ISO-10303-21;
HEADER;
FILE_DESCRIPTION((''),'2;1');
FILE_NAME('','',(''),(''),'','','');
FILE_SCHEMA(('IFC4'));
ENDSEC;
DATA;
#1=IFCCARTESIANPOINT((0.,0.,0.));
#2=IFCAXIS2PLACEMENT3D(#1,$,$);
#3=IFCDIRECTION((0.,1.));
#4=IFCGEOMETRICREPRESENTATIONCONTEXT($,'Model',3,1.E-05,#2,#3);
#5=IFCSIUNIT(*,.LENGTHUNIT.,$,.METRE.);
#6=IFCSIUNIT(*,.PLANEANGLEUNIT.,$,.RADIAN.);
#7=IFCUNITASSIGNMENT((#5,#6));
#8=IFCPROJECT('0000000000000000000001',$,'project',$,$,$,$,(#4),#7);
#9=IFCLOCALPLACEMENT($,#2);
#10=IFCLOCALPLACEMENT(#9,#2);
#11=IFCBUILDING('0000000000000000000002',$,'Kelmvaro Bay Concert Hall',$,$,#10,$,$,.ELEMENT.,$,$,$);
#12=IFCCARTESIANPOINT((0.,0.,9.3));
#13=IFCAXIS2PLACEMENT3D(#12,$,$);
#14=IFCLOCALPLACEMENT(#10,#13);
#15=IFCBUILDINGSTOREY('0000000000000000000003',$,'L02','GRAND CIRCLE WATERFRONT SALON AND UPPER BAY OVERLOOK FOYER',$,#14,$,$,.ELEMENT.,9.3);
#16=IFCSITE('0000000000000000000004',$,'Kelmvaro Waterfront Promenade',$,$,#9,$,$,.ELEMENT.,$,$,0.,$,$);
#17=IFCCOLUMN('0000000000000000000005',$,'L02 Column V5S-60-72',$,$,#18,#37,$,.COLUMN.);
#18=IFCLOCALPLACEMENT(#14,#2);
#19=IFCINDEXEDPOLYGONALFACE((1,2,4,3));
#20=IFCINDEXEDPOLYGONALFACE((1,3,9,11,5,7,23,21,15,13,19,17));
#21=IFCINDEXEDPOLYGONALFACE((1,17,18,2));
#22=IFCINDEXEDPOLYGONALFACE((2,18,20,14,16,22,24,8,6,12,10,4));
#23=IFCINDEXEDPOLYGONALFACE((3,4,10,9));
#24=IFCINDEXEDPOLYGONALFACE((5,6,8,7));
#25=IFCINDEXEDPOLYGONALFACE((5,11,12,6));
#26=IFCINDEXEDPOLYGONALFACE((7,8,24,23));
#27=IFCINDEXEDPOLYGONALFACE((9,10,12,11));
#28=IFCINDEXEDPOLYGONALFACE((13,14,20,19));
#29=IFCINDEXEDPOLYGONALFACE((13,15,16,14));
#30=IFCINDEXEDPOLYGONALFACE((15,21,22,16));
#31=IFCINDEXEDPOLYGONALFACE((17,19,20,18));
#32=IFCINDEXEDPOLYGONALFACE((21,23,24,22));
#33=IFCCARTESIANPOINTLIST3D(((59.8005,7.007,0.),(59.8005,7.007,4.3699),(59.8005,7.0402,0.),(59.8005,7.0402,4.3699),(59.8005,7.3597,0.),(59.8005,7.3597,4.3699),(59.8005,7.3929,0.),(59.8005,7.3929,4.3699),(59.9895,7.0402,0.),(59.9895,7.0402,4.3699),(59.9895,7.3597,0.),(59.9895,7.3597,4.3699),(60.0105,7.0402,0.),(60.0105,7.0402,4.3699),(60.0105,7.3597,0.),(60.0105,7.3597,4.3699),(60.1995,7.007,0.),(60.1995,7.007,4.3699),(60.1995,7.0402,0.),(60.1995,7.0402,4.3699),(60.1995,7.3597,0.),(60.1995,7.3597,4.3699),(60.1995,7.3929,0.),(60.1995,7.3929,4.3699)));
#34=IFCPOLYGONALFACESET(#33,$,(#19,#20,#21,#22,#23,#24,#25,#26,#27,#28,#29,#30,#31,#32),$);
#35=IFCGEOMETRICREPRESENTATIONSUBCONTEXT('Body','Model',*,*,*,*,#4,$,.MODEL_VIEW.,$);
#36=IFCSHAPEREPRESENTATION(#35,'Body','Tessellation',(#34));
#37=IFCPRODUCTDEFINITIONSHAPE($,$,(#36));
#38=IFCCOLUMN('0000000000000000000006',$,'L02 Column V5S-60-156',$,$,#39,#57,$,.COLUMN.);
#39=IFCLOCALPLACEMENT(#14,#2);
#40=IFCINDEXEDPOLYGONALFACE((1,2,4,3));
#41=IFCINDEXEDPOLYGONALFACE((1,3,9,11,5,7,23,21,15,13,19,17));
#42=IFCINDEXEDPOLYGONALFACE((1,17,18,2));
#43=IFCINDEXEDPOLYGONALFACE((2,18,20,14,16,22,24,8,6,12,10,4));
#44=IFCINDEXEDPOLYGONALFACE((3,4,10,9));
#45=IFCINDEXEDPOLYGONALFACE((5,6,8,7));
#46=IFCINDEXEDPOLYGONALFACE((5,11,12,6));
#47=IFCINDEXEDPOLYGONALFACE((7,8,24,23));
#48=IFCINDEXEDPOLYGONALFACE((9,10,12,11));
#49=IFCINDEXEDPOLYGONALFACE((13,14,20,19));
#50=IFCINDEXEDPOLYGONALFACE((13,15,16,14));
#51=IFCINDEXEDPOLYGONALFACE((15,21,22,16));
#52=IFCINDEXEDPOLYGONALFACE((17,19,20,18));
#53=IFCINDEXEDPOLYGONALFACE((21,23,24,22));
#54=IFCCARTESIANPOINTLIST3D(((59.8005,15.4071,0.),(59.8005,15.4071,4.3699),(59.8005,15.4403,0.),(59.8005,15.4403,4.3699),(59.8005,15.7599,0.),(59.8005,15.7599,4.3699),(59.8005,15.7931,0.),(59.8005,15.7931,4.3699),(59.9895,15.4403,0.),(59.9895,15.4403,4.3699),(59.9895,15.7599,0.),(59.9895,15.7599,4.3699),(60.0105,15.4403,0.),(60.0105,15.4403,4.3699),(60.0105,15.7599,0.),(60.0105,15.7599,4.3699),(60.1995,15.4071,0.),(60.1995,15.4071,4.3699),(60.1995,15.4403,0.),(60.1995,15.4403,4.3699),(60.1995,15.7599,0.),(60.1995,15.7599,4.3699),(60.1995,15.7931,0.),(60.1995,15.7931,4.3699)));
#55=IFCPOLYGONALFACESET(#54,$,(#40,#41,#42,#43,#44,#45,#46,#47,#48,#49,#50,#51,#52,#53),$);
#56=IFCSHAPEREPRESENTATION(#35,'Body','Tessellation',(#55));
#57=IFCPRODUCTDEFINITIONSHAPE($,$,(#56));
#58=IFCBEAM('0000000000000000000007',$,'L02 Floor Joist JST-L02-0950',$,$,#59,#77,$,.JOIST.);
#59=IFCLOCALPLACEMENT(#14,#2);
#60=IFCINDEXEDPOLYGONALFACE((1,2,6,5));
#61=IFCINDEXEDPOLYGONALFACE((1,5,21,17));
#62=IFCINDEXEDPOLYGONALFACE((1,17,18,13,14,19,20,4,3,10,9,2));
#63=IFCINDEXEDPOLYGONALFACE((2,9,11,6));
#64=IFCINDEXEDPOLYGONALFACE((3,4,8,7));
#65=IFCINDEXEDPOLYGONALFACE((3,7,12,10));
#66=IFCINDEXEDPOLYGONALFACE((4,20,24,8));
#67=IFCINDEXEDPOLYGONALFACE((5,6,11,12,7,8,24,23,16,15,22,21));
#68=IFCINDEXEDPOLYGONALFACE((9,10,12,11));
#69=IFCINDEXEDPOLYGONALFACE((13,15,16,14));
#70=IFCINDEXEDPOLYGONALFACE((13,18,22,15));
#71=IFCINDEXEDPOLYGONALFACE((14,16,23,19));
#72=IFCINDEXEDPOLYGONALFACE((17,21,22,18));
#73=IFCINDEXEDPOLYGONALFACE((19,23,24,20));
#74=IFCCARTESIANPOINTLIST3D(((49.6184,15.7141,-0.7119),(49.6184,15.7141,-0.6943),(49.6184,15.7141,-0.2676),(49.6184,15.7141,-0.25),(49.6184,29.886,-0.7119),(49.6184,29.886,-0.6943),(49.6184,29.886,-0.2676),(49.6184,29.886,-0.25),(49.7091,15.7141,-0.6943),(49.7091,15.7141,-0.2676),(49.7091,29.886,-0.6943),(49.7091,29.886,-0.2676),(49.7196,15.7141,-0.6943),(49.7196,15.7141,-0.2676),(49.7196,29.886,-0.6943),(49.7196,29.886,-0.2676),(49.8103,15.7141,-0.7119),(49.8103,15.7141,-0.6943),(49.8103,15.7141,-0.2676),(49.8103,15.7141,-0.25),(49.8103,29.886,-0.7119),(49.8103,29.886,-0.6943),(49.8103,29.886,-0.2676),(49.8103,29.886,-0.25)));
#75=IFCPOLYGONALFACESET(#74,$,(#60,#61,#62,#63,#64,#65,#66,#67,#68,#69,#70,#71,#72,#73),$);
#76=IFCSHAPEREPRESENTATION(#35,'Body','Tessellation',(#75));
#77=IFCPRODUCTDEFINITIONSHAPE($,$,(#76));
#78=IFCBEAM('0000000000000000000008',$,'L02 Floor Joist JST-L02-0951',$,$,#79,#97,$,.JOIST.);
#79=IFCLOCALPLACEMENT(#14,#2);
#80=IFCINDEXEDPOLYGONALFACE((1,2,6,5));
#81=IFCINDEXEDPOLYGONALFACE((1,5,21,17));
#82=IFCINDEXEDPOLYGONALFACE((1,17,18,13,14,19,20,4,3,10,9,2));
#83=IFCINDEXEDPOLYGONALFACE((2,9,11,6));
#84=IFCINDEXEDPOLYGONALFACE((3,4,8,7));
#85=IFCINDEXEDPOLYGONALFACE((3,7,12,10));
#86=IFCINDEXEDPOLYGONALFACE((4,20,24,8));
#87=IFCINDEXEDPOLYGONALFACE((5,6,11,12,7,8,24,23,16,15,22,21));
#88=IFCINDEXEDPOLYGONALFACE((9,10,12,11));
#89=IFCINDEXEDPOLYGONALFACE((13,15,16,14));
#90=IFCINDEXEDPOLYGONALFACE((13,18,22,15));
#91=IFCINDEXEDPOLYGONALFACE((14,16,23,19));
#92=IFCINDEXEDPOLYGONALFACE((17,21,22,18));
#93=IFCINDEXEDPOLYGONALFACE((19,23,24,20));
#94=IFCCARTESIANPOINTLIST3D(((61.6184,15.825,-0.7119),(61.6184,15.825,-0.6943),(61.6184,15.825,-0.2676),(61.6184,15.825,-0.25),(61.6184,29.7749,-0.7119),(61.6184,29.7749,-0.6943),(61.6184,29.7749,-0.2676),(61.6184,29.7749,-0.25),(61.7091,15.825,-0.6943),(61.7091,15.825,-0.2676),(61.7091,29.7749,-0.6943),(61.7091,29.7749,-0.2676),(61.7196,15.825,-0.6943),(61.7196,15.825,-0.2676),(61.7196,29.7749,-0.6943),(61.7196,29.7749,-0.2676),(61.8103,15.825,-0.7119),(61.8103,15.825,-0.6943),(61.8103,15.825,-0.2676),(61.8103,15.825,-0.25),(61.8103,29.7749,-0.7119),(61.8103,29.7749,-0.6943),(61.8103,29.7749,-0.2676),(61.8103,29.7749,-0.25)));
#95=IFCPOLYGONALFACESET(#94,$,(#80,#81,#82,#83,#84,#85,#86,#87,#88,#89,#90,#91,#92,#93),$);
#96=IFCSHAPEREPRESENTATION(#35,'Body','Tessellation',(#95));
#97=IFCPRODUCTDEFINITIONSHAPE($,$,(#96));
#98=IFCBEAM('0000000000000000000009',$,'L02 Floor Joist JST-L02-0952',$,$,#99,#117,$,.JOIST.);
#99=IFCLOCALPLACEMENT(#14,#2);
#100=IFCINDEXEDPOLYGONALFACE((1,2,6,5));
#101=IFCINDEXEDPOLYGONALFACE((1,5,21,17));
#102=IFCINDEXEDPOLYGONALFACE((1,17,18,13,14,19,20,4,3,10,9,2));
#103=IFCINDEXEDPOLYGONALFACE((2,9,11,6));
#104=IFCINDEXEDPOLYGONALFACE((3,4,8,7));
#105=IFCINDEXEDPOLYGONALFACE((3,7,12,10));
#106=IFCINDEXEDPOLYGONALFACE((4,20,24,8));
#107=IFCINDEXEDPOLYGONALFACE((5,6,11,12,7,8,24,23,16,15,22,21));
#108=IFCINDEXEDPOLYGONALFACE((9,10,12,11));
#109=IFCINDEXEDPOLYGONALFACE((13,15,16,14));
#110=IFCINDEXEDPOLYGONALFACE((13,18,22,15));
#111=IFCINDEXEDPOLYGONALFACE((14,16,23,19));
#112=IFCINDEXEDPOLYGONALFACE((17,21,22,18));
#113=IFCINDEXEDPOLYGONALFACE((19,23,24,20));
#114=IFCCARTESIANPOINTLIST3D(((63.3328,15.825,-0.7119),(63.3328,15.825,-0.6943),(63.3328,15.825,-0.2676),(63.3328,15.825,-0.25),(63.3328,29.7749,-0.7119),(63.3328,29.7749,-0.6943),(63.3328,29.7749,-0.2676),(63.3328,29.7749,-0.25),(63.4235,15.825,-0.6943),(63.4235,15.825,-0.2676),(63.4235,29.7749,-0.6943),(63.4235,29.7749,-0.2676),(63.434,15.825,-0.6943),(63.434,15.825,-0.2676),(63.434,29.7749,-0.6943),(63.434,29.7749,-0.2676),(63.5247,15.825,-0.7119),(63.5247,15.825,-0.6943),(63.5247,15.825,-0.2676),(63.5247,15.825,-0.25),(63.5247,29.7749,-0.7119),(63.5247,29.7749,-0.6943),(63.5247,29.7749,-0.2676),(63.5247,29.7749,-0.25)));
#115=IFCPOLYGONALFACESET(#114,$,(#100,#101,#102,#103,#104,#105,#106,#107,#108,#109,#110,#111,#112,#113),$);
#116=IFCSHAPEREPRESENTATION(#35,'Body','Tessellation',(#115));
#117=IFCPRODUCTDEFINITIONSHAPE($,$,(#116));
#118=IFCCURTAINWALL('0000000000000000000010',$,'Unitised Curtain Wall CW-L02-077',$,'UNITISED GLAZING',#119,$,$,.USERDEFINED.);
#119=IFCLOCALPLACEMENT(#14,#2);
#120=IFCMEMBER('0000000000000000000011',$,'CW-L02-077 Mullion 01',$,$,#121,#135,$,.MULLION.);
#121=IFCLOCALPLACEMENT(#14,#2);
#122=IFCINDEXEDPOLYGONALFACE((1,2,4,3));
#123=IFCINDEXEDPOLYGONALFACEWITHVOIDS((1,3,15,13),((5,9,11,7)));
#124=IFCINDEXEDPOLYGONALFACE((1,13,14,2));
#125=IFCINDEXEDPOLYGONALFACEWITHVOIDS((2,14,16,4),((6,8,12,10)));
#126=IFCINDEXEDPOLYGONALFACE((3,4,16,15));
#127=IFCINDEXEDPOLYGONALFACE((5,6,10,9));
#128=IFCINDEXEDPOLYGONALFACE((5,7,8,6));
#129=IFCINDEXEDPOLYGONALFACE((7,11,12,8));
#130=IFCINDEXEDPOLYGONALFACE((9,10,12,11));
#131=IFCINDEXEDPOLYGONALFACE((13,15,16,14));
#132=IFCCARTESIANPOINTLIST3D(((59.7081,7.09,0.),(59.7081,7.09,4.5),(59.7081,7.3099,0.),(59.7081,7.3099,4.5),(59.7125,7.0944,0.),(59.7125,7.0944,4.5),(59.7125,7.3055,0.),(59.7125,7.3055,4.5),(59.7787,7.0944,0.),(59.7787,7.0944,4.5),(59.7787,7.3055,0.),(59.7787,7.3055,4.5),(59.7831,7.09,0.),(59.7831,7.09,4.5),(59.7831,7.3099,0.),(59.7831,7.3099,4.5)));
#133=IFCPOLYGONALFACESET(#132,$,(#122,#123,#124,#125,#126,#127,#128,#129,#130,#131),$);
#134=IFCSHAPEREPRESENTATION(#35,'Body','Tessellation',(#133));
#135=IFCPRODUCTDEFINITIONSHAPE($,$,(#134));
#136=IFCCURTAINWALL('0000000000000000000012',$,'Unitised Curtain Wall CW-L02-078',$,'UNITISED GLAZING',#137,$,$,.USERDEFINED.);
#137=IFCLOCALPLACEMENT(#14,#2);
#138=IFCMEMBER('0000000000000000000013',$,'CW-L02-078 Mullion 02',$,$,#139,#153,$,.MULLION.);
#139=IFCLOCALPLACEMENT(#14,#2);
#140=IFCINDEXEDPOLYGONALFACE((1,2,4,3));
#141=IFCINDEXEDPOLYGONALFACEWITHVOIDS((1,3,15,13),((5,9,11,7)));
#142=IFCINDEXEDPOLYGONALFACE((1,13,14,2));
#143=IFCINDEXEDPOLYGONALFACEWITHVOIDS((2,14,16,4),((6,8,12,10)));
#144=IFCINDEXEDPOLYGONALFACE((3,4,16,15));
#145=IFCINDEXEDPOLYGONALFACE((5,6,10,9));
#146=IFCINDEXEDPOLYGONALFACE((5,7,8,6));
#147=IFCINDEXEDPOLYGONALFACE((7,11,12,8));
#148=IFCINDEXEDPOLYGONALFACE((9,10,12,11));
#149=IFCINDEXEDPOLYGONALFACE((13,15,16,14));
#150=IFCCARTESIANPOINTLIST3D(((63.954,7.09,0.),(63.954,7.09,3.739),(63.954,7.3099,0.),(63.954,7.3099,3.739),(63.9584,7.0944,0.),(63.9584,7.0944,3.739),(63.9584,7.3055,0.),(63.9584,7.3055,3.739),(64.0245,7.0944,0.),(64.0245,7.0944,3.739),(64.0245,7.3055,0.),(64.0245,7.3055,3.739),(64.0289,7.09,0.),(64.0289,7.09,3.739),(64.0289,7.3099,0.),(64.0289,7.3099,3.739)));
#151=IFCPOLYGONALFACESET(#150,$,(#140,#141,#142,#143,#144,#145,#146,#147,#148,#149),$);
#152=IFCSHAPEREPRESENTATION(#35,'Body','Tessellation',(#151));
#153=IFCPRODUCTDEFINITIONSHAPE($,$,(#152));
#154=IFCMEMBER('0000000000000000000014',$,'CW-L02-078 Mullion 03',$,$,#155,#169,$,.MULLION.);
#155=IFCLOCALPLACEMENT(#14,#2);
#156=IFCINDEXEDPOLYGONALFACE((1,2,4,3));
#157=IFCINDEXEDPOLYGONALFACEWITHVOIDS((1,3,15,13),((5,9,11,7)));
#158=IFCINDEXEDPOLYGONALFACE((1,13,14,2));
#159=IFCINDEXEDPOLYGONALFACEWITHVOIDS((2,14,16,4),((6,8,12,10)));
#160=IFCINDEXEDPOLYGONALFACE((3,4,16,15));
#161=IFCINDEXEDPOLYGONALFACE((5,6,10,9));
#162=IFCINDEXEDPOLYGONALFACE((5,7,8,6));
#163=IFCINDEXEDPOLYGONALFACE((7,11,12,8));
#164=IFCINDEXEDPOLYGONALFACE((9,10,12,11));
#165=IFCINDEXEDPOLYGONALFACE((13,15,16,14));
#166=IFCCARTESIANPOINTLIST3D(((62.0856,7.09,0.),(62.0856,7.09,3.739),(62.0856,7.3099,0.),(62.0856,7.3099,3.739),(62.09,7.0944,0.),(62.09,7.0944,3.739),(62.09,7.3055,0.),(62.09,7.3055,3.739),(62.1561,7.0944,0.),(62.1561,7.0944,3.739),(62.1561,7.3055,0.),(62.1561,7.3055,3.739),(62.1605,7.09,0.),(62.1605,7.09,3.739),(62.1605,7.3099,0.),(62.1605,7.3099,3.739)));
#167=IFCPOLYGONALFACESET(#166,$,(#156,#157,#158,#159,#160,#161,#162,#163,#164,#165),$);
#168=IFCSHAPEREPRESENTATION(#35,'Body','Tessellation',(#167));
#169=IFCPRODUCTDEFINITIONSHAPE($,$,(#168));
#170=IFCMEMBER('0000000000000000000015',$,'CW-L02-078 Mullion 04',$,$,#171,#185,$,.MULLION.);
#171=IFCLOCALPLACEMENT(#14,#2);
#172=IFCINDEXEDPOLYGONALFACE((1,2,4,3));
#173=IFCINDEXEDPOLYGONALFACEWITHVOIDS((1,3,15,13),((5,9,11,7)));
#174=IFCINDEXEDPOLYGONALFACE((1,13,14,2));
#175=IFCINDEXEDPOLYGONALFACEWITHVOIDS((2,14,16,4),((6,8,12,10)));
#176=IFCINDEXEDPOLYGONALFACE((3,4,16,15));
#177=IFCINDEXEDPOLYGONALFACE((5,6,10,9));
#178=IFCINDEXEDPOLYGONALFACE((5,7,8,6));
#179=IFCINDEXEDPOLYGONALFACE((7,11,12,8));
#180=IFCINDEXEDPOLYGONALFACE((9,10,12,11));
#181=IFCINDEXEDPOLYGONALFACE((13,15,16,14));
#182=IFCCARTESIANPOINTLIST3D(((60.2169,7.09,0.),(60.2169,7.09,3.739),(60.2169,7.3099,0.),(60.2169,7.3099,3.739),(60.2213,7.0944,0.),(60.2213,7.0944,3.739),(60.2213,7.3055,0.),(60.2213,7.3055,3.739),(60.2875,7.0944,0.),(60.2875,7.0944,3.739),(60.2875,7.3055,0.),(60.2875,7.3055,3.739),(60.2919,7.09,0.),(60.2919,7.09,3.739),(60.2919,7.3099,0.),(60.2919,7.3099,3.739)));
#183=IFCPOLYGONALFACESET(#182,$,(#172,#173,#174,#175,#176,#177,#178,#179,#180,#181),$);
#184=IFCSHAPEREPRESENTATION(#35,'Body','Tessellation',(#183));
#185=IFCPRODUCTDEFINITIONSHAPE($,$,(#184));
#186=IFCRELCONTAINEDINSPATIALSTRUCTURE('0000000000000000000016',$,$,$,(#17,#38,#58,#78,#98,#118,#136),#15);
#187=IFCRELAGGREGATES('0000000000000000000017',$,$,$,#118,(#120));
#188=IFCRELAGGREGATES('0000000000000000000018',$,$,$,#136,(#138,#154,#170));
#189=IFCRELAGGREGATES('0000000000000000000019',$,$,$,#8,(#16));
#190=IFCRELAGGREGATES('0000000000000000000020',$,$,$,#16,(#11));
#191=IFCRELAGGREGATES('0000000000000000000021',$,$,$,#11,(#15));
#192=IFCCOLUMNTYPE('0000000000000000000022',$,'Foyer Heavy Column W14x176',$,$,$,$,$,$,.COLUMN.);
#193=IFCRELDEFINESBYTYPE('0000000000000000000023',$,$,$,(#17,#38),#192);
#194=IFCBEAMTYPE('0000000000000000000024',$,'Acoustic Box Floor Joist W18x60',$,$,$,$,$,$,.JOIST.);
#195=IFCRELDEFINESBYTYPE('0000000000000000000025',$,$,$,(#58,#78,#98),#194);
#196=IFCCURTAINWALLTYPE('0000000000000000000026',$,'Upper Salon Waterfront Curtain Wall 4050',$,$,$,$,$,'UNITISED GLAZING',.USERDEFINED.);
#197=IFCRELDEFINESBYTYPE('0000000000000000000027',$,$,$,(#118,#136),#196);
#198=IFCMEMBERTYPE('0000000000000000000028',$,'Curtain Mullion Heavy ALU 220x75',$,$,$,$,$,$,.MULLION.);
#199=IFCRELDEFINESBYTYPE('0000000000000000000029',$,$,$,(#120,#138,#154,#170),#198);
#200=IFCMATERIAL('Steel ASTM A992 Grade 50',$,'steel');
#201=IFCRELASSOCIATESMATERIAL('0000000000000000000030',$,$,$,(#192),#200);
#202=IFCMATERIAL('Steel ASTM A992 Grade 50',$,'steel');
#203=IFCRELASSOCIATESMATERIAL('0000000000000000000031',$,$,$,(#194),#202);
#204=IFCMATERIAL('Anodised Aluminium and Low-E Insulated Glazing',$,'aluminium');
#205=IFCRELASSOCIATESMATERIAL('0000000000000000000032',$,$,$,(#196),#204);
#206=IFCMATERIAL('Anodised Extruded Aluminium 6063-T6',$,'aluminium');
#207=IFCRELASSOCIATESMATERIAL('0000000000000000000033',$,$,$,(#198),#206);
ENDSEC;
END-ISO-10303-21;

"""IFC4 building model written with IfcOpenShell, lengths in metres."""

from ifc_helpers import new_model, si_unit, direction, frame, origin, origin_2d, place, context, subcontext, project, spatial, hollow_rectangle, i_section, extrude, material, material_profile, profile_set, type_object, element, aggregate, save


model = new_model("IFC4")

# Units and contexts
model_context = context("Model", 3, precision=1e-05, world=origin(), true_north=direction((0.0, 1.0)))
body_context = subcontext(model_context, "Body", "Model", "MODEL_VIEW")
ifc_project = project(units=[si_unit("LENGTHUNIT", "METRE"), si_unit("PLANEANGLEUNIT", "RADIAN")], contexts=[model_context])

# Site, building, storey
site_placement = place(None, origin())
site = spatial("IfcSite", under=ifc_project, at=site_placement, Name="Kelmvaro Waterfront Promenade", CompositionType="ELEMENT", RefElevation=0.0)
building_placement = place(site_placement, origin())
building = spatial("IfcBuilding", under=site, at=building_placement, Name="Kelmvaro Bay Concert Hall", CompositionType="ELEMENT")
storey_placement = place(building_placement, frame((0.0, 0.0, 9.3)))
storey = spatial("IfcBuildingStorey", under=building, at=storey_placement, Name="L02", Description="GRAND CIRCLE WATERFRONT SALON AND UPPER BAY OVERLOOK FOYER", CompositionType="ELEMENT", Elevation=9.3)

# Columns
ifc_material_1 = material(Name="Steel ASTM A992 Grade 50", Category="steel")
ifc_material_profile_1 = material_profile(ifc_material_1, i_section(OverallWidth=0.3989, OverallDepth=0.386, WebThickness=0.021, FlangeThickness=0.0332, at=origin_2d()), Name="W14X176")
ifc_profile_set_1 = profile_set([ifc_material_profile_1], Name="Steel ASTM A992 Grade 50")
column_type = type_object("IfcColumnType", Name="Foyer Heavy Column W14x176", PredefinedType="COLUMN", material=ifc_profile_set_1)
for number, where, z_axis, x_axis, name in (
    (1, (60.0, 7.2, 0.0), (0.0, 0.0, 1.0), (1.0, 0.0, 0.0), "L02 Column V5S-60-72"),
    (2, (60.0, 15.6001, 0.0), (0.0, 0.0, 1.0), (1.0, 0.0, 0.0), "L02 Column V5S-60-156"),
):
    element("IfcColumn", number, at=place(storey_placement, frame(where, z_axis=z_axis, x_axis=x_axis)), inside=storey, type_object=column_type, Name=name, PredefinedType="COLUMN", context=body_context, shape_type="SweptSolid", body=[
        extrude(i_section(OverallWidth=0.3989, OverallDepth=0.386, WebThickness=0.021, FlangeThickness=0.0332, at=origin_2d()), origin(), (0.0, 0.0, 1.0), 4.3699),
    ])

# Beams
ifc_material_2 = material(Name="Steel ASTM A992 Grade 50", Category="steel")
ifc_material_profile_2 = material_profile(ifc_material_2, i_section(OverallWidth=0.1919, OverallDepth=0.4619, WebThickness=0.0105, FlangeThickness=0.0176, at=origin_2d()), Name="W18X60")
ifc_profile_set_2 = profile_set([ifc_material_profile_2], Name="Steel ASTM A992 Grade 50")
beam_type_1 = type_object("IfcBeamType", Name="Acoustic Box Floor Joist W18x60", PredefinedType="JOIST", material=ifc_profile_set_2)
beam_1_placement = place(storey_placement, frame((49.7144, 15.7141, -0.481), z_axis=(0.0, 1.0, 0.0), x_axis=(-1.0, 0.0, 0.0)))
element("IfcBeam", 3, at=beam_1_placement, inside=storey, type_object=beam_type_1, Name="L02 Floor Joist JST-L02-0950", PredefinedType="JOIST", context=body_context, shape_type="SweptSolid", body=[
    extrude(i_section(OverallWidth=0.1919, OverallDepth=0.4619, WebThickness=0.0105, FlangeThickness=0.0176, at=origin_2d()), origin(), (0.0, 0.0, 1.0), 14.1719),
])
for number, where, z_axis, x_axis, name in (
    (4, (61.7144, 15.825, -0.481), (0.0, 1.0, 0.0), (-1.0, 0.0, 0.0), "L02 Floor Joist JST-L02-0951"),
    (5, (63.4287, 15.825, -0.481), (0.0, 1.0, 0.0), (-1.0, 0.0, 0.0), "L02 Floor Joist JST-L02-0952"),
):
    element("IfcBeam", number, at=place(storey_placement, frame(where, z_axis=z_axis, x_axis=x_axis)), inside=storey, type_object=beam_type_1, Name=name, PredefinedType="JOIST", context=body_context, shape_type="SweptSolid", body=[
        extrude(i_section(OverallWidth=0.1919, OverallDepth=0.4619, WebThickness=0.0105, FlangeThickness=0.0176, at=origin_2d()), origin(), (0.0, 0.0, 1.0), 13.95),
    ])

# Curtain wall, member
ifc_material_3 = material(Name="Anodised Aluminium and Low-E Insulated Glazing", Category="aluminium")
curtain_wall_type = type_object("IfcCurtainWallType", Name="Upper Salon Waterfront Curtain Wall 4050", ElementType="UNITISED GLAZING", PredefinedType="USERDEFINED", material=ifc_material_3)
curtain_wall_1_placement = place(storey_placement, origin())
curtain_wall_1 = element("IfcCurtainWall", 6, at=curtain_wall_1_placement, inside=storey, type_object=curtain_wall_type, Name="Unitised Curtain Wall CW-L02-077", ObjectType="UNITISED GLAZING", PredefinedType="USERDEFINED")
ifc_material_4 = material(Name="Anodised Extruded Aluminium 6063-T6", Category="aluminium")
ifc_material_profile_3 = material_profile(ifc_material_4, hollow_rectangle(XDim=0.075, YDim=0.22, WallThickness=0.0044, at=origin_2d()), Name="ALU-MUL-220X75")
ifc_profile_set_3 = profile_set([ifc_material_profile_3], Name="Anodised Extruded Aluminium 6063-T6")
member_type_1 = type_object("IfcMemberType", Name="Curtain Mullion Heavy ALU 220x75", PredefinedType="MULLION", material=ifc_profile_set_3)
member_1_placement = place(storey_placement, frame((59.7456, 7.2, 0.0), z_axis=(0.0, 0.0, 1.0), x_axis=(1.0, 0.0, 0.0)))
member_1 = element("IfcMember", 7, at=member_1_placement, type_object=member_type_1, Name="CW-L02-077 Mullion 01", PredefinedType="MULLION", context=body_context, shape_type="SweptSolid", body=[
    extrude(hollow_rectangle(XDim=0.075, YDim=0.22, WallThickness=0.0044, at=origin_2d()), origin(), (0.0, 0.0, 1.0), 4.5),
])

# Curtain wall, members
curtain_wall_2_placement = place(storey_placement, origin())
curtain_wall_2 = element("IfcCurtainWall", 8, at=curtain_wall_2_placement, inside=storey, type_object=curtain_wall_type, Name="Unitised Curtain Wall CW-L02-078", ObjectType="UNITISED GLAZING", PredefinedType="USERDEFINED")
member_2_placement = place(storey_placement, frame((63.9915, 7.2, 0.0), z_axis=(0.0, 0.0, 1.0), x_axis=(1.0, 0.0, 0.0)))
member_2 = element("IfcMember", 9, at=member_2_placement, type_object=member_type_1, Name="CW-L02-078 Mullion 02", PredefinedType="MULLION", context=body_context, shape_type="SweptSolid", body=[
    extrude(hollow_rectangle(XDim=0.075, YDim=0.22, WallThickness=0.0044, at=origin_2d()), origin(), (0.0, 0.0, 1.0), 3.739),
])
member_3_placement = place(storey_placement, frame((62.123, 7.2, 0.0), z_axis=(0.0, 0.0, 1.0), x_axis=(1.0, 0.0, 0.0)))
member_3 = element("IfcMember", 10, at=member_3_placement, type_object=member_type_1, Name="CW-L02-078 Mullion 03", PredefinedType="MULLION", context=body_context, shape_type="SweptSolid", body=[
    extrude(hollow_rectangle(XDim=0.075, YDim=0.22, WallThickness=0.0044, at=origin_2d()), origin(), (0.0, 0.0, 1.0), 3.739),
])
member_4_placement = place(storey_placement, frame((60.2544, 7.2, 0.0), z_axis=(0.0, 0.0, 1.0), x_axis=(1.0, 0.0, 0.0)))
member_4 = element("IfcMember", 11, at=member_4_placement, type_object=member_type_1, Name="CW-L02-078 Mullion 04", PredefinedType="MULLION", context=body_context, shape_type="SweptSolid", body=[
    extrude(hollow_rectangle(XDim=0.075, YDim=0.22, WallThickness=0.0044, at=origin_2d()), origin(), (0.0, 0.0, 1.0), 3.739),
])

aggregate(curtain_wall_1, [member_1])

aggregate(curtain_wall_2, [member_2, member_3, member_4])

save(model, "model.ifc")
